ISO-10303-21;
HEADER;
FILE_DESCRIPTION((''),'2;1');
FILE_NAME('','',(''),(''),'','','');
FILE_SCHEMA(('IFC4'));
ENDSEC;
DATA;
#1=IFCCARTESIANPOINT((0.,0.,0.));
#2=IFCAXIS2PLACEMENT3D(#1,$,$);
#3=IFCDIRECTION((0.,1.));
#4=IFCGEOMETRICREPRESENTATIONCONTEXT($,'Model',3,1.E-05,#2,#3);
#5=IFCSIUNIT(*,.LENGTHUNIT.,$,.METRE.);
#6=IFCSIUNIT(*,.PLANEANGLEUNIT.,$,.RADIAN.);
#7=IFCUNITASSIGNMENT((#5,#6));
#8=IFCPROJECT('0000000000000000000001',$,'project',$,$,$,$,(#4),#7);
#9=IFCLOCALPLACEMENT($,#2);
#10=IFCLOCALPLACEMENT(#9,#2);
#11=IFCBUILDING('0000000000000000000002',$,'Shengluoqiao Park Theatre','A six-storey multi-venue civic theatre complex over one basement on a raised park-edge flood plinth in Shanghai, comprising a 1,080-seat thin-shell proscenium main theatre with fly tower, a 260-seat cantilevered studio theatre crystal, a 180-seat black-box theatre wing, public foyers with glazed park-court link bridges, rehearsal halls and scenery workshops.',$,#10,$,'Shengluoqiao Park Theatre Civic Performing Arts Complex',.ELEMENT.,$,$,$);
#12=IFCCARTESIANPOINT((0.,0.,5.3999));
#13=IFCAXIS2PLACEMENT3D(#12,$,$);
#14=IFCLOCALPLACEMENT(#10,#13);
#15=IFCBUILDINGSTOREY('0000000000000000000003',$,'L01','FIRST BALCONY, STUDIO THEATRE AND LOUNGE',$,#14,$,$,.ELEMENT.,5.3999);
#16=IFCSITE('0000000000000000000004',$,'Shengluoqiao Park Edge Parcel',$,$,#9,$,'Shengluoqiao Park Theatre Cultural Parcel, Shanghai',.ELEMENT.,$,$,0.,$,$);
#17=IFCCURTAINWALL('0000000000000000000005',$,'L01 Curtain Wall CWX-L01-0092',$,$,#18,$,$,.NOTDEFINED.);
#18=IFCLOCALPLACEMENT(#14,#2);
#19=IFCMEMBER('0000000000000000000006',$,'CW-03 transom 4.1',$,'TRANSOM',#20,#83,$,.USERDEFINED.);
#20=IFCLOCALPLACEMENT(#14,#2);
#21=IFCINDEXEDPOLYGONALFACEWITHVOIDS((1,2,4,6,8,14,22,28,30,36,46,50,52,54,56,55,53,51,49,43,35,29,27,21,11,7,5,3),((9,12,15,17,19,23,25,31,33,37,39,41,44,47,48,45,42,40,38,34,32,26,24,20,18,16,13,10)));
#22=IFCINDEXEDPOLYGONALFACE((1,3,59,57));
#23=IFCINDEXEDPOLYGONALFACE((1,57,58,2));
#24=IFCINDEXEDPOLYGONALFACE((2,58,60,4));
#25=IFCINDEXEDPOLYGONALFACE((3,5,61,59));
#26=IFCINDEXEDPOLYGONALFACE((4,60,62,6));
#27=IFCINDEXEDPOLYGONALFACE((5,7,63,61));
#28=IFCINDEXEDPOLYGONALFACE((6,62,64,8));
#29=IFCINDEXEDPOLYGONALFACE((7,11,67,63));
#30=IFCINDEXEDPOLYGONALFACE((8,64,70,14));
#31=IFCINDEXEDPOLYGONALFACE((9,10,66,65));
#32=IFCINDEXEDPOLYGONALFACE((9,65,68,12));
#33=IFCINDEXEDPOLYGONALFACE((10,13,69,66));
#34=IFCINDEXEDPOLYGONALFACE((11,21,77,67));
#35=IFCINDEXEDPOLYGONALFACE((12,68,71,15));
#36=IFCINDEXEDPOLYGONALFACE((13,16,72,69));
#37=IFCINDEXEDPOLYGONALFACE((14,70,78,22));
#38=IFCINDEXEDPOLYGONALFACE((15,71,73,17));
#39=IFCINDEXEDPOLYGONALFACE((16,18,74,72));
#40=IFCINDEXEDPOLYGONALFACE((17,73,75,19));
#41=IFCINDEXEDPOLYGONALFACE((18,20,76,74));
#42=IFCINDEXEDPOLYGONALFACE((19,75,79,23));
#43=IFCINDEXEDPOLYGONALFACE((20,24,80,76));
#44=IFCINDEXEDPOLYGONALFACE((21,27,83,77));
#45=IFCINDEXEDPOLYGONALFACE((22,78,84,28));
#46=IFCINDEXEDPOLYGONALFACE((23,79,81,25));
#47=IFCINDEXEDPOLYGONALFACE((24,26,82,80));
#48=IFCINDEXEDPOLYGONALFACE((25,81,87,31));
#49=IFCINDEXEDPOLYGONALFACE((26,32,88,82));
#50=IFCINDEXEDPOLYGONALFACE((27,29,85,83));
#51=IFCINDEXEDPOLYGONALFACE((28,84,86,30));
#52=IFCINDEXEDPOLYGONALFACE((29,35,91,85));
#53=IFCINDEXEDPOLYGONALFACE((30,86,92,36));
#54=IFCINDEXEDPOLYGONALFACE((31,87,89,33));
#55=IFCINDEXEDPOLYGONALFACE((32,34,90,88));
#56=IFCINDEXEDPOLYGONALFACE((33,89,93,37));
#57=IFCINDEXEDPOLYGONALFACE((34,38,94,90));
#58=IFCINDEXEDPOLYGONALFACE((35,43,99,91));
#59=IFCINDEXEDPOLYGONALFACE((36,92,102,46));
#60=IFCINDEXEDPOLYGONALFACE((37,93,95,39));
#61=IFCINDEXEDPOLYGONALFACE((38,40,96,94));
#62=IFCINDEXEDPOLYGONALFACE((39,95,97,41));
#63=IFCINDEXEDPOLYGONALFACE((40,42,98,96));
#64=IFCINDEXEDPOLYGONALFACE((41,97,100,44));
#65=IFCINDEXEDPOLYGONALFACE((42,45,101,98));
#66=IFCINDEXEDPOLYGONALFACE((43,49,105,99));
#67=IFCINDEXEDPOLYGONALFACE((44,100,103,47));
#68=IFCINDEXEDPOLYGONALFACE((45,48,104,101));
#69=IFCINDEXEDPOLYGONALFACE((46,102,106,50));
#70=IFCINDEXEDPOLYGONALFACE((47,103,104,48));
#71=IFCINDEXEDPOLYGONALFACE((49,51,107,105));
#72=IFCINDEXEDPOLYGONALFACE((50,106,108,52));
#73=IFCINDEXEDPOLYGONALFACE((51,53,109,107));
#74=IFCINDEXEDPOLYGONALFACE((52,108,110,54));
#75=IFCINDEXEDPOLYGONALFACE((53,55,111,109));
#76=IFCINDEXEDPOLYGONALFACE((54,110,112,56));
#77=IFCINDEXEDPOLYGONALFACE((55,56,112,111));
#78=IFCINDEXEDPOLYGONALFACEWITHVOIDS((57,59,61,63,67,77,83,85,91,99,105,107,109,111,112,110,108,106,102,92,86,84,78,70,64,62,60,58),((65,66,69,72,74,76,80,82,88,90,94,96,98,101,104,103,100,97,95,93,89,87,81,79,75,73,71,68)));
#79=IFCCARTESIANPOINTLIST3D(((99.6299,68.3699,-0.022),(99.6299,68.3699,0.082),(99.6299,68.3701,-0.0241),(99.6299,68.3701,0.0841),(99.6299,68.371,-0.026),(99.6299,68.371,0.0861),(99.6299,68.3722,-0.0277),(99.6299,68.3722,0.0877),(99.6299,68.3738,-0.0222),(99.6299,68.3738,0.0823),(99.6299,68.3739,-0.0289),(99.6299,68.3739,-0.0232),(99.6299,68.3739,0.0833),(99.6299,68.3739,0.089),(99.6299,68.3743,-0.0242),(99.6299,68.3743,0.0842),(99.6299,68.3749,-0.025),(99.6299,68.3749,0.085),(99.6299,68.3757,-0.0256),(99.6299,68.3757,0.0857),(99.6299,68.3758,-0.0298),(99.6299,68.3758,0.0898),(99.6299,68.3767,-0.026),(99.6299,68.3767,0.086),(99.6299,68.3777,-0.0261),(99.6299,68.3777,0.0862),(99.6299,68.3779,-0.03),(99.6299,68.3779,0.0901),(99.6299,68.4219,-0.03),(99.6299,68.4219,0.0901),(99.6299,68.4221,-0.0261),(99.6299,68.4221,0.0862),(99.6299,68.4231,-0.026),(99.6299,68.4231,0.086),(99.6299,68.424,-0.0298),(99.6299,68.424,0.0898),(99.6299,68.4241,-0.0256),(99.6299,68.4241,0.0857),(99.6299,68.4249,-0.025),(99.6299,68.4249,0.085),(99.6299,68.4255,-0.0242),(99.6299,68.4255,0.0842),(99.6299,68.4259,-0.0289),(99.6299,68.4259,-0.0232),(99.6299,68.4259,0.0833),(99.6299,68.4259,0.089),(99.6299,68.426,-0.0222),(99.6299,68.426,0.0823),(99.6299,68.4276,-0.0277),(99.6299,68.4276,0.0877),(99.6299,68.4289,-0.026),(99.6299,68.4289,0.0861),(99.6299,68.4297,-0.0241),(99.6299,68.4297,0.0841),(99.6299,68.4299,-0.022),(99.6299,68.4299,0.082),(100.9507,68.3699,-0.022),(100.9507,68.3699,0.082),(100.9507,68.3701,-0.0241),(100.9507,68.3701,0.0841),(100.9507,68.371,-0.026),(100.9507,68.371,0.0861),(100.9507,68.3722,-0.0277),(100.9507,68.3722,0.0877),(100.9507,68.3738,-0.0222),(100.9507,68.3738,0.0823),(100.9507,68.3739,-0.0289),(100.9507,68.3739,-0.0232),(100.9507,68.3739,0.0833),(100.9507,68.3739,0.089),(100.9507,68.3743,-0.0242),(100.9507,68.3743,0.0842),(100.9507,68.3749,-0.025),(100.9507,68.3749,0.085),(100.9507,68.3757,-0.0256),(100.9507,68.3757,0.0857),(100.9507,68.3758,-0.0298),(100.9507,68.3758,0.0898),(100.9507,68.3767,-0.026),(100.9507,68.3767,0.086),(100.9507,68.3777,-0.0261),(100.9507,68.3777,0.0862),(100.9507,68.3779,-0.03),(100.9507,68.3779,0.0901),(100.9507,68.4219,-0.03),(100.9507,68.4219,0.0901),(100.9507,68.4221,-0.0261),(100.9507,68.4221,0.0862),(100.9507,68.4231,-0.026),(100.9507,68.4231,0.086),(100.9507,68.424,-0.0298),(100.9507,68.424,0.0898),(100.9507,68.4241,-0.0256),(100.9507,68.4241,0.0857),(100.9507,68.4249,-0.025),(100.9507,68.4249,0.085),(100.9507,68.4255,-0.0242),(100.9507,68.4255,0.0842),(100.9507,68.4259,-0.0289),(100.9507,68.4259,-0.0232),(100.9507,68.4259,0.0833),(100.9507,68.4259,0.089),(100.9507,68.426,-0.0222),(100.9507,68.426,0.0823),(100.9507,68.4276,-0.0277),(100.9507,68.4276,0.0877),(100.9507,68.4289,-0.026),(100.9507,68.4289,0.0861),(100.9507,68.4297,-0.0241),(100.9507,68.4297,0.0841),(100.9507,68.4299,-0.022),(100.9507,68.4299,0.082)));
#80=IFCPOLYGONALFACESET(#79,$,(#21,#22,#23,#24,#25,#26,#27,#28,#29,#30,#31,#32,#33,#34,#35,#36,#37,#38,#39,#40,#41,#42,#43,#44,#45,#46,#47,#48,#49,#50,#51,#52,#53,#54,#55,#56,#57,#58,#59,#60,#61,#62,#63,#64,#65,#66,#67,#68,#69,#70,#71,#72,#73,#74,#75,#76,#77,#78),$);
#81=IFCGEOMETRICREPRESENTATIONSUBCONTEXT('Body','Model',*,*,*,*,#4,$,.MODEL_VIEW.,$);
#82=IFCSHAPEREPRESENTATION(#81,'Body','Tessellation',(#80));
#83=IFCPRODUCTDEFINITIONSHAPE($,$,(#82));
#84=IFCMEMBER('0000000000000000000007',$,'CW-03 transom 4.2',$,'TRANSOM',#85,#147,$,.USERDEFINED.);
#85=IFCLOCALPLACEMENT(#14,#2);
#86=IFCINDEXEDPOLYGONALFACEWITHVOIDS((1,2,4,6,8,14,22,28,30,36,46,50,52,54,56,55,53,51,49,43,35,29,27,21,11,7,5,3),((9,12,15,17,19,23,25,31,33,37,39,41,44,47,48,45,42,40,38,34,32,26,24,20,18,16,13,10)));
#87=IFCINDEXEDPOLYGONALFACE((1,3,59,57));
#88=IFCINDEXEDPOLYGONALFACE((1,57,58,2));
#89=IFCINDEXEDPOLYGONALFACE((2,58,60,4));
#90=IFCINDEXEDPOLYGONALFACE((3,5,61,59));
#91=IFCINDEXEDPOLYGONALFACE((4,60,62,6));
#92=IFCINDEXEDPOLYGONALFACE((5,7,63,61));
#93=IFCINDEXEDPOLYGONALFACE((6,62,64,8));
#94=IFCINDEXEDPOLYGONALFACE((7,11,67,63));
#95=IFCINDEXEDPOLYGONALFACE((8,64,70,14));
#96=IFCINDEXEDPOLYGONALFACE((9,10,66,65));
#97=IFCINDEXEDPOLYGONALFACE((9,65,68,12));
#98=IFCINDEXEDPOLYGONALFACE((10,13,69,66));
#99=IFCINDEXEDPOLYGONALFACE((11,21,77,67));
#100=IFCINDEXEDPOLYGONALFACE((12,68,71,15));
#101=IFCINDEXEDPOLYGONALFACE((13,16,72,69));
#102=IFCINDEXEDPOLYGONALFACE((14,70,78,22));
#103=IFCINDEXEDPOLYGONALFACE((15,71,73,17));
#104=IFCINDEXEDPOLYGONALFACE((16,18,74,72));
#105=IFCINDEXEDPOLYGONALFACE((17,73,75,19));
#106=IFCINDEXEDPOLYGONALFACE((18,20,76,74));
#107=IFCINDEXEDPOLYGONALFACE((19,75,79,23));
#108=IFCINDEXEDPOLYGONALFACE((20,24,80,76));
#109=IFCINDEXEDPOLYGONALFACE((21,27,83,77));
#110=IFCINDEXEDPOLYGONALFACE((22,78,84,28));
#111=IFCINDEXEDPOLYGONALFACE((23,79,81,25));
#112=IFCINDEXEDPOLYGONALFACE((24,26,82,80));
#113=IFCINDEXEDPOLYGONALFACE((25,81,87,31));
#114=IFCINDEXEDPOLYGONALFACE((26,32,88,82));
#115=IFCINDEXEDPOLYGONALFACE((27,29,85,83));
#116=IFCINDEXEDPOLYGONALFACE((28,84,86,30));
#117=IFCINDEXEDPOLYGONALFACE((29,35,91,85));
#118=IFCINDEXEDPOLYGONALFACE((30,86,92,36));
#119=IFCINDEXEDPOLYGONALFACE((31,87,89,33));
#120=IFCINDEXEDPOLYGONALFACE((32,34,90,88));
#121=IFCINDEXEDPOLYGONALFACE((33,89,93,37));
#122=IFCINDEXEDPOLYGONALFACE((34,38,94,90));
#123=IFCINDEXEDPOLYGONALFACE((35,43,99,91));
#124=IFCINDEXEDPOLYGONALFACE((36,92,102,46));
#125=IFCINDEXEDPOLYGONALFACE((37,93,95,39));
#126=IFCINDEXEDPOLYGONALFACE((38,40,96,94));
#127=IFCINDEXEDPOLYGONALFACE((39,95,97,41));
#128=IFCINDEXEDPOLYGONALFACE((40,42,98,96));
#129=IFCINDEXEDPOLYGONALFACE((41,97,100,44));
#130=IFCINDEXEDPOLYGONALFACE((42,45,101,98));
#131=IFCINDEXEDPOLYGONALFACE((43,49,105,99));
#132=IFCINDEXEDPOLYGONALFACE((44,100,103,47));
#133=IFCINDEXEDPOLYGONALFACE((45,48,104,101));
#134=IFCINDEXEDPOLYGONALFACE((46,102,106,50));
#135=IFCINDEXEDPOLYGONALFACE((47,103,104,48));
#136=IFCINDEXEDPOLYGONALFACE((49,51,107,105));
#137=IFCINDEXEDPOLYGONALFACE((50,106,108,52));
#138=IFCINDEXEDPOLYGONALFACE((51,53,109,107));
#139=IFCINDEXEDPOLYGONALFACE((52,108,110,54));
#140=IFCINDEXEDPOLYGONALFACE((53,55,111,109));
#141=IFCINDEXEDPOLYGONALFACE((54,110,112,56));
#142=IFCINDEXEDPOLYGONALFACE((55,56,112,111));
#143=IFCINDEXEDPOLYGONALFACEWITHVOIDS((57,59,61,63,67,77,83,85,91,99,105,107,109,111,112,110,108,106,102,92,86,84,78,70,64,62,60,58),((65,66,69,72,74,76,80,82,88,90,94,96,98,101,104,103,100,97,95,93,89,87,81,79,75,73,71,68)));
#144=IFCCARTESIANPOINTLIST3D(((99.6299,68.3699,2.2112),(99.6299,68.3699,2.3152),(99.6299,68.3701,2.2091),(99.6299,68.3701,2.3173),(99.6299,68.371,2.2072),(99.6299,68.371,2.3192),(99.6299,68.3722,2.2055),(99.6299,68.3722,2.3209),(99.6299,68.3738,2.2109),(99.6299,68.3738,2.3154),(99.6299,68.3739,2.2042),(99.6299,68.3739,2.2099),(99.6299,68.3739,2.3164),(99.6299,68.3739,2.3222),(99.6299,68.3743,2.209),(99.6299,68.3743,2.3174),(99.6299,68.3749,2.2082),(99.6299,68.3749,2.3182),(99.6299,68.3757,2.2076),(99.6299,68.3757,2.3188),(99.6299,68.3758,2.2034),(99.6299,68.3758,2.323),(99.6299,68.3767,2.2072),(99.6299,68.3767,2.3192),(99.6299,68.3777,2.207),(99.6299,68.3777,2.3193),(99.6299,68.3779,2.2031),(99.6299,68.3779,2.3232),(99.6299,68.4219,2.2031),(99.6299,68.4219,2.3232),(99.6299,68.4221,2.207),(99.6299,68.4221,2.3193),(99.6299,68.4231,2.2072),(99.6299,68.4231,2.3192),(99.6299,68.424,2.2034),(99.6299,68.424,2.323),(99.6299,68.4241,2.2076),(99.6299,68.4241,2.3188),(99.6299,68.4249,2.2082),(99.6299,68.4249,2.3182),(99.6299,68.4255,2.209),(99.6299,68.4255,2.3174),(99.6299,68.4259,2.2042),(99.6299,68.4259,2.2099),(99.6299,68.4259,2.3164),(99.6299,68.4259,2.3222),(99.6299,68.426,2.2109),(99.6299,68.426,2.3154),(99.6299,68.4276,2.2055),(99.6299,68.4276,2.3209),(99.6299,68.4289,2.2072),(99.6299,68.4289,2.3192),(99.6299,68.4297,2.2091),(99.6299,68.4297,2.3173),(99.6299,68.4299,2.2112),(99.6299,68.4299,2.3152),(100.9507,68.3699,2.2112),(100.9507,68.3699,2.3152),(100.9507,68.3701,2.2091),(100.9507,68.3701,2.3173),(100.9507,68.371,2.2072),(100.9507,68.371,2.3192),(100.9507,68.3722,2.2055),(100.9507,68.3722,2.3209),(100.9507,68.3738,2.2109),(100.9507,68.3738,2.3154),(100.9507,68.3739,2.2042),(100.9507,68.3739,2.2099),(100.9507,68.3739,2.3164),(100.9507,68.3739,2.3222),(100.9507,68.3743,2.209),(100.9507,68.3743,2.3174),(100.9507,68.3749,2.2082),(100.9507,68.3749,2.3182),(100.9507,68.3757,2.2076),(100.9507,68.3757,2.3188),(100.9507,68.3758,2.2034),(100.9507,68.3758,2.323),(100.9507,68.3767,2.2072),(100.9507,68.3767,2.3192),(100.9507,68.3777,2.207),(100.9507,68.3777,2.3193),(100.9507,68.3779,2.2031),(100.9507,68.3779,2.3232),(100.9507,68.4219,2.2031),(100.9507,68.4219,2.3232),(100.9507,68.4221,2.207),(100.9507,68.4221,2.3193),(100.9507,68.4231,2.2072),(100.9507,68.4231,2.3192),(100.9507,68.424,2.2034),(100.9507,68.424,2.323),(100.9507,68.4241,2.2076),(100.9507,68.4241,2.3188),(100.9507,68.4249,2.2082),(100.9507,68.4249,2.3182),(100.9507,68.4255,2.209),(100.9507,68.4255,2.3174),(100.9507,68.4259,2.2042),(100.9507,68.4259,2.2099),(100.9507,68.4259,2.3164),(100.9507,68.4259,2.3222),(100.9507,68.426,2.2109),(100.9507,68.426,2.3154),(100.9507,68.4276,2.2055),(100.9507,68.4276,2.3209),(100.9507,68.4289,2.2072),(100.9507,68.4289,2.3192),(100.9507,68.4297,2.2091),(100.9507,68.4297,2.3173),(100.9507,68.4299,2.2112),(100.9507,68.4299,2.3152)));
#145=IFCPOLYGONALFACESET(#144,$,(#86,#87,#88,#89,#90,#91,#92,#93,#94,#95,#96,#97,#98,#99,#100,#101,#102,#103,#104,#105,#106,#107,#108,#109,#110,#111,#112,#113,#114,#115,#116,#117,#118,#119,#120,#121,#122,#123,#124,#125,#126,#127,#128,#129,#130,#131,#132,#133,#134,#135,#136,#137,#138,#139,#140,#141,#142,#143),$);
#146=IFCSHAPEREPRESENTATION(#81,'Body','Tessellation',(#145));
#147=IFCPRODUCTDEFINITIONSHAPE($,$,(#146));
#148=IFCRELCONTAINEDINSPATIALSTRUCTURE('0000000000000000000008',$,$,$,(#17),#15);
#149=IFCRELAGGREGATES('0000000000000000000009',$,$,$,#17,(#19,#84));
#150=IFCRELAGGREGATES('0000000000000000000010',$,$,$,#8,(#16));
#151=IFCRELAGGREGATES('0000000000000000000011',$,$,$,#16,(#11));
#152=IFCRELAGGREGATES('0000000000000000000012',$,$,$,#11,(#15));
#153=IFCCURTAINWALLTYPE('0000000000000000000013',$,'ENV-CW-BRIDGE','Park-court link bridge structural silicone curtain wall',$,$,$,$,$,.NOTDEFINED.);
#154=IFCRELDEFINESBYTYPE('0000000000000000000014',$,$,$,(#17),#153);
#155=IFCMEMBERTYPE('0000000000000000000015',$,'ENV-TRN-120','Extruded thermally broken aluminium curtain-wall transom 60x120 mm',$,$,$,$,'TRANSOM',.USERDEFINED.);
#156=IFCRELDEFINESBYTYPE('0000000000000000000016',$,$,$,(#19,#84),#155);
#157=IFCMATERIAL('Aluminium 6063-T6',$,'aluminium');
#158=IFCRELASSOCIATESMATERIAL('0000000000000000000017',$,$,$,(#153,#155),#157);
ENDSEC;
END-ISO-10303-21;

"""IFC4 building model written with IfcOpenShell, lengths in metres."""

from ifc_helpers import new_model, si_unit, direction, frame, origin, origin_2d, place, context, subcontext, project, spatial, hollow_rectangle, extrude, material, material_profile, profile_set, type_object, element, aggregate, save


model = new_model("IFC4")

# Units and contexts
model_context = context("Model", 3, precision=1e-05, world=origin(), true_north=direction((0.0, 1.0)))
body_context = subcontext(model_context, "Body", "Model", "MODEL_VIEW")
ifc_project = project(units=[si_unit("LENGTHUNIT", "METRE"), si_unit("PLANEANGLEUNIT", "RADIAN")], contexts=[model_context])

# Site, building, storey
site_placement = place(None, origin())
site = spatial("IfcSite", under=ifc_project, at=site_placement, Name="Shengluoqiao Park Edge Parcel", LongName="Shengluoqiao Park Theatre Cultural Parcel, Shanghai", CompositionType="ELEMENT", RefElevation=0.0)
building_placement = place(site_placement, origin())
building = spatial("IfcBuilding", under=site, at=building_placement, Name="Shengluoqiao Park Theatre", Description="A six-storey multi-venue civic theatre complex over one basement on a raised park-edge flood plinth in Shanghai, comprising a 1,080-seat thin-shell proscenium main theatre with fly tower, a 260-seat cantilevered studio theatre crystal, a 180-seat black-box theatre wing, public foyers with glazed park-court link bridges, rehearsal halls and scenery workshops.", LongName="Shengluoqiao Park Theatre Civic Performing Arts Complex", CompositionType="ELEMENT")
storey_placement = place(building_placement, frame((0.0, 0.0, 5.3999)))
storey = spatial("IfcBuildingStorey", under=building, at=storey_placement, Name="L01", Description="FIRST BALCONY, STUDIO THEATRE AND LOUNGE", CompositionType="ELEMENT", Elevation=5.3999)

# Curtain wall
ifc_material_1 = material(Name="Aluminium 6063-T6", Category="aluminium")
curtain_wall_type = type_object("IfcCurtainWallType", Name="ENV-CW-BRIDGE", Description="Park-court link bridge structural silicone curtain wall", PredefinedType="NOTDEFINED", material=ifc_material_1)
curtain_wall_1_placement = place(storey_placement, origin())
curtain_wall_1 = element("IfcCurtainWall", 1, at=curtain_wall_1_placement, inside=storey, type_object=curtain_wall_type, Name="L01 Curtain Wall CWX-L01-0092", PredefinedType="NOTDEFINED")

# Members
ifc_material_profile_1 = material_profile(ifc_material_1, hollow_rectangle(XDim=0.0601, YDim=0.1201, WallThickness=0.0039, InnerFilletRadius=0.0039, OuterFilletRadius=0.0081, at=origin_2d()), Name="ALU TRANSOM 120x60x4")
ifc_profile_set_1 = profile_set([ifc_material_profile_1], Name="Aluminium 6063-T6")
member_type_1 = type_object("IfcMemberType", Name="ENV-TRN-120", Description="Extruded thermally broken aluminium curtain-wall transom 60x120 mm", ElementType="TRANSOM", PredefinedType="USERDEFINED", material=ifc_profile_set_1)
member_1_placement = place(storey_placement, frame((99.6299, 68.3999, 0.03), z_axis=(1.0, 0.0, 0.0), x_axis=(0.0, 1.0, 0.0)))
member_1 = element("IfcMember", 2, at=member_1_placement, type_object=member_type_1, Name="CW-03 transom 4.1", ObjectType="TRANSOM", PredefinedType="USERDEFINED", context=body_context, shape_type="SweptSolid", body=[
    extrude(hollow_rectangle(XDim=0.0601, YDim=0.1201, WallThickness=0.0039, InnerFilletRadius=0.0039, OuterFilletRadius=0.0081, at=origin_2d()), origin(), (0.0, 0.0, 1.0), 1.3208),
])
member_2_placement = place(storey_placement, frame((99.6299, 68.3999, 2.2632), z_axis=(1.0, 0.0, 0.0), x_axis=(0.0, 1.0, 0.0)))
member_2 = element("IfcMember", 3, at=member_2_placement, type_object=member_type_1, Name="CW-03 transom 4.2", ObjectType="TRANSOM", PredefinedType="USERDEFINED", context=body_context, shape_type="SweptSolid", body=[
    extrude(hollow_rectangle(XDim=0.0601, YDim=0.1201, WallThickness=0.0039, InnerFilletRadius=0.0039, OuterFilletRadius=0.0081, at=origin_2d()), origin(), (0.0, 0.0, 1.0), 1.3208),
])

aggregate(curtain_wall_1, [member_1, member_2])

save(model, "model.ifc")
